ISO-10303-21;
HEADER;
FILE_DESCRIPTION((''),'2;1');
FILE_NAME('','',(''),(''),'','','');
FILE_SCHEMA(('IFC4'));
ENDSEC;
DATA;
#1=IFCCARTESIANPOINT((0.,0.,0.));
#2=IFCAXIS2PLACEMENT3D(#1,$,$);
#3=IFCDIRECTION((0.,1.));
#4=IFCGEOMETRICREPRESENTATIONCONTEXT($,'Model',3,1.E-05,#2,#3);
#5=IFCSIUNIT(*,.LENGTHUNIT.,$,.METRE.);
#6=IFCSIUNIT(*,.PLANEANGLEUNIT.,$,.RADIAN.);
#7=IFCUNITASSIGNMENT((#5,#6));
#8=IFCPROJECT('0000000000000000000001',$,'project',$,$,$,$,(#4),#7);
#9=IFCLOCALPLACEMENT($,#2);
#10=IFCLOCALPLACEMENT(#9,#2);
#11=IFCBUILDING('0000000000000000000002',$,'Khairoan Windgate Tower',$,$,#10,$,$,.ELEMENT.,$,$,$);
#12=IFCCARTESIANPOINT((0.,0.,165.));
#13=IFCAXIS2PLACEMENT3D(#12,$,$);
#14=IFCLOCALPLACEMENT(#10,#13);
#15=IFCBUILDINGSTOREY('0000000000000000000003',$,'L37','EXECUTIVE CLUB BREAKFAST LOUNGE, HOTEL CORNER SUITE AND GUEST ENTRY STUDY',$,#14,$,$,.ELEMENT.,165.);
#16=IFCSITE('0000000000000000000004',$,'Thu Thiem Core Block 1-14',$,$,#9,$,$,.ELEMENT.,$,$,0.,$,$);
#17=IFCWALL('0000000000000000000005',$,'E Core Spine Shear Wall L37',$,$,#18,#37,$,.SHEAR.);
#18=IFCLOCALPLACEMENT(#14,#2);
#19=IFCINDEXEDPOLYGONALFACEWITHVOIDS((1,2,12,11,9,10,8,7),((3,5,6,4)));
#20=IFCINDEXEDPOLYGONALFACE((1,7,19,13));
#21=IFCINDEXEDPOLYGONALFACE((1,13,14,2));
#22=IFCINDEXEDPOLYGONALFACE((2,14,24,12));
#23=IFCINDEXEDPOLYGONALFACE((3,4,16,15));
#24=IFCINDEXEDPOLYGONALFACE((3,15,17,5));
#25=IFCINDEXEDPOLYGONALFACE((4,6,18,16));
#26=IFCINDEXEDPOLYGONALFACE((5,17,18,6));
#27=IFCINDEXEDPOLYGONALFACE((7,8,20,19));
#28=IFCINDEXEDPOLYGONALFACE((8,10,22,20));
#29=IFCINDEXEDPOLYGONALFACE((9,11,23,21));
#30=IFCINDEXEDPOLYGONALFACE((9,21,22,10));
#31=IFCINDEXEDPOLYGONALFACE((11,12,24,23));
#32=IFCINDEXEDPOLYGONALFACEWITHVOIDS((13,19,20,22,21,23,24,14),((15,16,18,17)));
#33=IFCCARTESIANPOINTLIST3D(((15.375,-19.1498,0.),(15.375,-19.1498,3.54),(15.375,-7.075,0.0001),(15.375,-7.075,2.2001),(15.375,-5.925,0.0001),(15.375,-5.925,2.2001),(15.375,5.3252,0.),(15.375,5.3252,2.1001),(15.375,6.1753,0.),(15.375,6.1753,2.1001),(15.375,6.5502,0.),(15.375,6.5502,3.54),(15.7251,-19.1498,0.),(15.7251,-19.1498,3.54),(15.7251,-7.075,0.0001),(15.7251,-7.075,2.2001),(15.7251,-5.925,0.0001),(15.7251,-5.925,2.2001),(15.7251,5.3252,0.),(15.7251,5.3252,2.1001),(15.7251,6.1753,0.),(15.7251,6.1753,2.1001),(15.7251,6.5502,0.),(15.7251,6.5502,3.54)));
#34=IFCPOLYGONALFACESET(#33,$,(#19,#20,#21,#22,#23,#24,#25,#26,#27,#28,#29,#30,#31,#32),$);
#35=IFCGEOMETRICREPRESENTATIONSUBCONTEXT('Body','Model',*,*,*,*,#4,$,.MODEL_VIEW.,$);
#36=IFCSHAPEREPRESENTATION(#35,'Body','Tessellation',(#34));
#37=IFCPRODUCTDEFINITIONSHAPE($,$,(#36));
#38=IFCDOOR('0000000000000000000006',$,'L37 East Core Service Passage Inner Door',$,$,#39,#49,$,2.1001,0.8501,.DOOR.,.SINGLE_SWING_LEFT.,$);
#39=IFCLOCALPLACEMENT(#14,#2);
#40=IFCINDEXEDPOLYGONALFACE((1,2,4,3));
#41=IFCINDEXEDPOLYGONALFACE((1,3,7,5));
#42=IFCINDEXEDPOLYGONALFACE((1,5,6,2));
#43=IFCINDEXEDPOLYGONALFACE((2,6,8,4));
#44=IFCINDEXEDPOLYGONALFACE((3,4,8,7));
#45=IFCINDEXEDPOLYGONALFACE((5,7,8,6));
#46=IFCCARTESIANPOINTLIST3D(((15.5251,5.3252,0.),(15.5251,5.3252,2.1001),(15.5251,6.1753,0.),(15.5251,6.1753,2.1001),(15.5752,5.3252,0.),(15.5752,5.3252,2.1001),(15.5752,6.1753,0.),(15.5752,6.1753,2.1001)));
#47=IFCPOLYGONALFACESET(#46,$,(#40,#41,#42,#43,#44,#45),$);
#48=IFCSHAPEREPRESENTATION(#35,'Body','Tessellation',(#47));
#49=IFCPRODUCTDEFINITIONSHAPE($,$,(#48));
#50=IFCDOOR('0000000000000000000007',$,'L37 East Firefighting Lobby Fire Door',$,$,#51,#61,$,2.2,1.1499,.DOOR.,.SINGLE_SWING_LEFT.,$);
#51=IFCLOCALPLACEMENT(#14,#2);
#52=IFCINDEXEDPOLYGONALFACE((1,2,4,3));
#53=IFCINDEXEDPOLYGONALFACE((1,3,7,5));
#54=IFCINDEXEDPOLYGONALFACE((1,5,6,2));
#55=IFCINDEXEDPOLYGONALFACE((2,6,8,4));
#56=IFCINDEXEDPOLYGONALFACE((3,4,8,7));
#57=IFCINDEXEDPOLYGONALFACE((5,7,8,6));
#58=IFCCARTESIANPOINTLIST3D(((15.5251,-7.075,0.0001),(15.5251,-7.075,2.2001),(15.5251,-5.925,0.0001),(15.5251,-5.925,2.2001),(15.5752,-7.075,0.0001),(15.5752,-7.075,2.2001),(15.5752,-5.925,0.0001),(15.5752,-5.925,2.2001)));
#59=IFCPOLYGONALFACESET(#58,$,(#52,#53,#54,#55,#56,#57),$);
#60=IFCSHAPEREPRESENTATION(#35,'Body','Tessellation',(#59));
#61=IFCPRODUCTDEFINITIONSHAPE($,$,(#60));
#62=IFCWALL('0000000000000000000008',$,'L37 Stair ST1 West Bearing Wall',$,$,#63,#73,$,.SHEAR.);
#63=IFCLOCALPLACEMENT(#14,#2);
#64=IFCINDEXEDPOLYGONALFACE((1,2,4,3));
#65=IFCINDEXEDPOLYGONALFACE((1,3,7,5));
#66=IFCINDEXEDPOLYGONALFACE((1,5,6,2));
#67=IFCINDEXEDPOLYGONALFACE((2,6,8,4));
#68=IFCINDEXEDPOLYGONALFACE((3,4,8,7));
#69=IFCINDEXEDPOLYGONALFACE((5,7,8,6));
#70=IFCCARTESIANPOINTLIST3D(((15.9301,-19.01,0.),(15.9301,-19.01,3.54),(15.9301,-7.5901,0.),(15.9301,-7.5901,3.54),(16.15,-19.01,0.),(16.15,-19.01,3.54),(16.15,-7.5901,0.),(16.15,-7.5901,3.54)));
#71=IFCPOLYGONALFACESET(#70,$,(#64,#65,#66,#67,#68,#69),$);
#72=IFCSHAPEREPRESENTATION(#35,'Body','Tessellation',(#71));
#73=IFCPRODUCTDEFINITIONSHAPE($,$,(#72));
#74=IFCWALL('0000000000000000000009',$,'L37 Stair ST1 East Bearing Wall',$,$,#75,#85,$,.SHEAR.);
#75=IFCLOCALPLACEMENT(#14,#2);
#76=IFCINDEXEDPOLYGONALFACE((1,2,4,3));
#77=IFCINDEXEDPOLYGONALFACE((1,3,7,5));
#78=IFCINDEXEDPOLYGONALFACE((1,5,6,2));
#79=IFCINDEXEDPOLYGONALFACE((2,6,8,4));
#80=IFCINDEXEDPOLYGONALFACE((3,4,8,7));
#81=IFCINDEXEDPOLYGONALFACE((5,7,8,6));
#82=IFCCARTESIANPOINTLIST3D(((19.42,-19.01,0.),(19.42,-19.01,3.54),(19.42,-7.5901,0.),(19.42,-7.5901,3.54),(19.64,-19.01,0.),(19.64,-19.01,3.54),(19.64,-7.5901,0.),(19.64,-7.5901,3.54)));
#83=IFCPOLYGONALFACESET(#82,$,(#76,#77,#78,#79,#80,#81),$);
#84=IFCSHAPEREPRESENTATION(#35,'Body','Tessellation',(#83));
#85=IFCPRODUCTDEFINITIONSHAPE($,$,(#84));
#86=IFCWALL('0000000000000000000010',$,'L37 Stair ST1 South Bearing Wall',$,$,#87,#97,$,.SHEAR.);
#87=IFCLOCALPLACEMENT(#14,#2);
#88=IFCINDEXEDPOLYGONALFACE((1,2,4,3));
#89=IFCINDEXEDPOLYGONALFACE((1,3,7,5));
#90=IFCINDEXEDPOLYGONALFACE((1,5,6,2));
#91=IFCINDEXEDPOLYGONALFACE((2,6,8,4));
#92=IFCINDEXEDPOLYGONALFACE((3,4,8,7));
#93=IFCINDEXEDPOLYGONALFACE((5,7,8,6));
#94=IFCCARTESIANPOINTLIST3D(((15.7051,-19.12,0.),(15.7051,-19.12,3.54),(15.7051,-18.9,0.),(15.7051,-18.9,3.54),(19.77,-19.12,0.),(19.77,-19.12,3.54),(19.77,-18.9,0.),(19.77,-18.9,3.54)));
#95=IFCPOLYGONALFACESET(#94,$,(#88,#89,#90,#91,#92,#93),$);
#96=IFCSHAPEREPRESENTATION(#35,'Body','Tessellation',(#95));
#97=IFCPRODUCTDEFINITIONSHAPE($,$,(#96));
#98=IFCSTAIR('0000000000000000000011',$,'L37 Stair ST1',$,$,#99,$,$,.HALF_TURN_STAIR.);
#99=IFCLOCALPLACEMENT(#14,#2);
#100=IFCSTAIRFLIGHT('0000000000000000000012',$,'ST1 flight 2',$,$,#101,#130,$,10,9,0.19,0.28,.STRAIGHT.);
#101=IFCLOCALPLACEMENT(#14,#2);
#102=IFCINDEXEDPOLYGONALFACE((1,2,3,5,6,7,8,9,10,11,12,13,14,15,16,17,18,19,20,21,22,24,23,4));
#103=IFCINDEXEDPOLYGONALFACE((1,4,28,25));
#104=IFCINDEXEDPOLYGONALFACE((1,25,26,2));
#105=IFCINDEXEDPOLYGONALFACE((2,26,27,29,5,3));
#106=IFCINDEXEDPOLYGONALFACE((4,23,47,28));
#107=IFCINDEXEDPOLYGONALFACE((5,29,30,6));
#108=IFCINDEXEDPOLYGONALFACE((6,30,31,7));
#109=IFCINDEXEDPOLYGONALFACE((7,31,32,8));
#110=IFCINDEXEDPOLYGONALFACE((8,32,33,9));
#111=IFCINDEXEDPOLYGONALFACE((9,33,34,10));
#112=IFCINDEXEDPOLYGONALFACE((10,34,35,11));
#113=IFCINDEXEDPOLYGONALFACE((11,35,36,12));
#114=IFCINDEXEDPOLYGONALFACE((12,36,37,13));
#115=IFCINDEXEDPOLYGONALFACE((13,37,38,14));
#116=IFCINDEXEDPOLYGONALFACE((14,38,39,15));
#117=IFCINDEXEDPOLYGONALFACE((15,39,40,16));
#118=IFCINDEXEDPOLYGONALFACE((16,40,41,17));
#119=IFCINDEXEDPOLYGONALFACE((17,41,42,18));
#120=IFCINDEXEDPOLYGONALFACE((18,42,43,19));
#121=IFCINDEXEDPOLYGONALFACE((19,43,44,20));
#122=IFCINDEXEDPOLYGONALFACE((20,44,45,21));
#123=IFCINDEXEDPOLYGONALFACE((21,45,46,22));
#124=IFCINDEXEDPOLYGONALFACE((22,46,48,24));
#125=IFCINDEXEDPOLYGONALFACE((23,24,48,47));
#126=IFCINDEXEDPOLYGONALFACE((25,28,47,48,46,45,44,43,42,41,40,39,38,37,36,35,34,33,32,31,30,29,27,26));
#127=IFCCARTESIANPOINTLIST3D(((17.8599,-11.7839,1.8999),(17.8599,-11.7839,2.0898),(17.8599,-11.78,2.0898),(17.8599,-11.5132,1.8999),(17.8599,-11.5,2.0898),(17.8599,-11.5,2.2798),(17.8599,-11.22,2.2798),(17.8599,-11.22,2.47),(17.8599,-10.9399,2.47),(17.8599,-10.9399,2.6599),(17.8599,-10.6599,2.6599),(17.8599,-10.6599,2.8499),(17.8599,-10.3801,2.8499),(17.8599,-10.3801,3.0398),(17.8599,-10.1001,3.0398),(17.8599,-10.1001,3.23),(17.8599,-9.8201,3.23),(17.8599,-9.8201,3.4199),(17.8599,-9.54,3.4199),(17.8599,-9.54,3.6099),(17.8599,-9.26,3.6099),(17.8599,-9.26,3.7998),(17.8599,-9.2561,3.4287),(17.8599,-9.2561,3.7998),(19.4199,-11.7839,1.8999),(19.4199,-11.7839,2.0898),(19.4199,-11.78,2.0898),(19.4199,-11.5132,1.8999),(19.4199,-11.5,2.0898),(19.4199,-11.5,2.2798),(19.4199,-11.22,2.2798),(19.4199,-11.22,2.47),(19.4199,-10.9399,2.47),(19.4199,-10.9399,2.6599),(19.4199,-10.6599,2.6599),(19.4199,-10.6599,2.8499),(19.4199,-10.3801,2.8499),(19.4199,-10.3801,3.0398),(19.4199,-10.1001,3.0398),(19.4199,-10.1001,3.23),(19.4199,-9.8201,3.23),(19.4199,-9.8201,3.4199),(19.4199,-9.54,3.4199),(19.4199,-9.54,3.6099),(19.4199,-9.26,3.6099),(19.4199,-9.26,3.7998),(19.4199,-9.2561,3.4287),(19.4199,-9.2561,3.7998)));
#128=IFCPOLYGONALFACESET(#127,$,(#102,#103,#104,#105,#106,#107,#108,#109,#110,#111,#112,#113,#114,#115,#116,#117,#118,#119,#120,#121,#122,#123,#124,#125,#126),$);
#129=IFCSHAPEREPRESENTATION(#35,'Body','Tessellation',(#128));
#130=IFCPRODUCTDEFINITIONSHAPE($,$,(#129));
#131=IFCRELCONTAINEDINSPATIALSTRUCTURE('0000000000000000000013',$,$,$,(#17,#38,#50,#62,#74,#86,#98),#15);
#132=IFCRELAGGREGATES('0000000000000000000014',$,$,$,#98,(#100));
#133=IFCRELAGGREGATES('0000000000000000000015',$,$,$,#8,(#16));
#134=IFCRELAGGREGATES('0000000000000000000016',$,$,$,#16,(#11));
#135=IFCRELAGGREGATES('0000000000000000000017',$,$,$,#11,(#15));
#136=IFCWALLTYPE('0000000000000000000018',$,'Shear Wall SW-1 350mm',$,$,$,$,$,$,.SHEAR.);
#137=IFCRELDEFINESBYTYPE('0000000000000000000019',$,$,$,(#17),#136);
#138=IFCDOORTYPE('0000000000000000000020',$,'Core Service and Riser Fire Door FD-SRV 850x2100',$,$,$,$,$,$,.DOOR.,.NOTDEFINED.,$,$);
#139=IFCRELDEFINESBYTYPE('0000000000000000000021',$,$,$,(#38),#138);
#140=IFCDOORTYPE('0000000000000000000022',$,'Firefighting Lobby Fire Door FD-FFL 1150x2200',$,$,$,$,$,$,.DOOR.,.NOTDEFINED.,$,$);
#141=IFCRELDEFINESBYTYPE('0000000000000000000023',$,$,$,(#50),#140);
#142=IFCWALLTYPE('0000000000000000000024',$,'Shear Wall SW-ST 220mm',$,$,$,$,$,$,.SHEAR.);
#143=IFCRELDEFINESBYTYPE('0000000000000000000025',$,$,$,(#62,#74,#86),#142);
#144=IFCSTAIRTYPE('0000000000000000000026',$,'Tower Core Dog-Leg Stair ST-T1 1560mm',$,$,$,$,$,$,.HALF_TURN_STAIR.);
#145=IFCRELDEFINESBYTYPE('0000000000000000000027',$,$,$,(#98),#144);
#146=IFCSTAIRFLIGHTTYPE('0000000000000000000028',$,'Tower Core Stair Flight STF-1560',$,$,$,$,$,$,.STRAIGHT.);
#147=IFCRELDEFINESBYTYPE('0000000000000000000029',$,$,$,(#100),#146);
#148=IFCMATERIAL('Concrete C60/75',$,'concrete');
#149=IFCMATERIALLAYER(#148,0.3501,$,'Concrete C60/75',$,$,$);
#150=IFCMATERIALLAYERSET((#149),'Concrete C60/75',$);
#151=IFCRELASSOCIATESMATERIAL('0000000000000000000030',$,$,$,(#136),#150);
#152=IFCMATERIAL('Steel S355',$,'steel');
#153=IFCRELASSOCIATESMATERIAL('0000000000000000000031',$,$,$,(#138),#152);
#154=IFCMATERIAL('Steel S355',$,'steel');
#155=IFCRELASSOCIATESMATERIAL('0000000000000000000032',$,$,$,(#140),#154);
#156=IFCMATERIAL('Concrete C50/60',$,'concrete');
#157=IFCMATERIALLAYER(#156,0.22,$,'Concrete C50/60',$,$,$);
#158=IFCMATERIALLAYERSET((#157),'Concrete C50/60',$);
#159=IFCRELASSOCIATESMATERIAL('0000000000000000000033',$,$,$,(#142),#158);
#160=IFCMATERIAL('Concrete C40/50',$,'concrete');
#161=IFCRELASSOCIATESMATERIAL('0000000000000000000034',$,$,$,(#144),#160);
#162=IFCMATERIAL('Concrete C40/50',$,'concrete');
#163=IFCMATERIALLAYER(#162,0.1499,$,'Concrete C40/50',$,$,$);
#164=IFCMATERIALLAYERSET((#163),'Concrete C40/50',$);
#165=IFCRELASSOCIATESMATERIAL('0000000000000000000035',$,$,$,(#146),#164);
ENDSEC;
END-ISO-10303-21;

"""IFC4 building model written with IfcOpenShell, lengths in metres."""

from ifc_helpers import new_model, si_unit, direction, frame, frame_2d, origin, place, context, subcontext, project, spatial, polyline, rectangle, outline, extrude, material, layer, layer_set, type_object, element, fill, aggregate, save


model = new_model("IFC4")

# Units and contexts
model_context = context("Model", 3, precision=1e-05, world=origin(), true_north=direction((0.0, 1.0)))
body_context = subcontext(model_context, "Body", "Model", "MODEL_VIEW")
ifc_project = project(units=[si_unit("LENGTHUNIT", "METRE"), si_unit("PLANEANGLEUNIT", "RADIAN")], contexts=[model_context])

# Site, building, storey
site_placement = place(None, origin())
site = spatial("IfcSite", under=ifc_project, at=site_placement, Name="Thu Thiem Core Block 1-14", CompositionType="ELEMENT", RefElevation=0.0)
building_placement = place(site_placement, origin())
building = spatial("IfcBuilding", under=site, at=building_placement, Name="Khairoan Windgate Tower", CompositionType="ELEMENT")
storey_placement = place(building_placement, frame((0.0, 0.0, 165.0)))
storey = spatial("IfcBuildingStorey", under=building, at=storey_placement, Name="L37", Description="EXECUTIVE CLUB BREAKFAST LOUNGE, HOTEL CORNER SUITE AND GUEST ENTRY STUDY", CompositionType="ELEMENT", Elevation=165.0)

# Wall, openings, doors
ifc_material_1 = material(Name="Concrete C60/75", Category="concrete")
ifc_layer_1 = layer(ifc_material_1, 0.3501, Name="Concrete C60/75")
ifc_layer_set_1 = layer_set([ifc_layer_1], Name="Concrete C60/75")
wall_type_1 = type_object("IfcWallType", Name="Shear Wall SW-1 350mm", PredefinedType="SHEAR", material=ifc_layer_set_1)
wall_1_placement = place(storey_placement, frame((15.55, -19.1499, 0.0), z_axis=(0.0, 0.0, 1.0), x_axis=(0.0, 1.0, 0.0)))
wall_1 = element("IfcWall", 1, at=wall_1_placement, inside=storey, type_object=wall_type_1, Name="E Core Spine Shear Wall L37", PredefinedType="SHEAR", context=body_context, shape_type="SweptSolid", body=[
    extrude(rectangle(XDim=25.7, YDim=0.3501, at=frame_2d((12.8501, 0.0))), origin(), (0.0, 0.0, 1.0), 3.54),
])
opening_1_placement = place(wall_1_placement, frame((12.075, 0.0, 0.0)))
opening_1 = element("IfcOpeningElement", 2, at=opening_1_placement, cuts=wall_1, PredefinedType="OPENING", context=body_context, shape_type="SweptSolid", body=[
    extrude(rectangle(XDim=1.1499, YDim=2.2, at=frame_2d((0.575, 1.1001))), frame((0.0, 0.1851, 0.0), z_axis=(0.0, -1.0, 0.0), x_axis=(1.0, 0.0, 0.0)), (0.0, 0.0, 1.0), 0.3701),
])
opening_2_placement = place(wall_1_placement, frame((24.4751, 0.0, 0.0)))
opening_2 = element("IfcOpeningElement", 3, at=opening_2_placement, cuts=wall_1, PredefinedType="OPENING", context=body_context, shape_type="SweptSolid", body=[
    extrude(rectangle(XDim=0.8501, YDim=2.1001, at=frame_2d((0.425, 1.05))), frame((0.0, 0.1851, 0.0), z_axis=(0.0, -1.0, 0.0), x_axis=(1.0, 0.0, 0.0)), (0.0, 0.0, 1.0), 0.3701),
])
ifc_material_2 = material(Name="Steel S355", Category="steel")
door_type_1 = type_object("IfcDoorType", Name="Core Service and Riser Fire Door FD-SRV 850x2100", OperationType="NOTDEFINED", PredefinedType="DOOR", material=ifc_material_2)
door_1_placement = place(opening_2_placement, origin())
door_1 = element("IfcDoor", 4, at=door_1_placement, inside=storey, type_object=door_type_1, Name="L37 East Core Service Passage Inner Door", OperationType="SINGLE_SWING_LEFT", OverallHeight=2.1001, OverallWidth=0.8501, PredefinedType="DOOR", context=body_context, shape_type="SweptSolid", body=[
    extrude(rectangle(XDim=0.8501, YDim=2.1001, at=frame_2d((0.425, 1.05))), frame((0.0, 0.0249, 0.0), z_axis=(0.0, -1.0, 0.0), x_axis=(1.0, 0.0, 0.0)), (0.0, 0.0, 1.0), 0.05),
])
fill(opening_2, door_1)
ifc_material_3 = material(Name="Steel S355", Category="steel")
door_type_2 = type_object("IfcDoorType", Name="Firefighting Lobby Fire Door FD-FFL 1150x2200", OperationType="NOTDEFINED", PredefinedType="DOOR", material=ifc_material_3)
door_2_placement = place(opening_1_placement, origin())
door_2 = element("IfcDoor", 5, at=door_2_placement, inside=storey, type_object=door_type_2, Name="L37 East Firefighting Lobby Fire Door", OperationType="SINGLE_SWING_LEFT", OverallHeight=2.2, OverallWidth=1.1499, PredefinedType="DOOR", context=body_context, shape_type="SweptSolid", body=[
    extrude(rectangle(XDim=1.1499, YDim=2.2, at=frame_2d((0.575, 1.1001))), frame((0.0, 0.0249, 0.0), z_axis=(0.0, -1.0, 0.0), x_axis=(1.0, 0.0, 0.0)), (0.0, 0.0, 1.0), 0.05),
])
fill(opening_1, door_2)

# Walls
ifc_material_4 = material(Name="Concrete C50/60", Category="concrete")
ifc_layer_2 = layer(ifc_material_4, 0.22, Name="Concrete C50/60")
ifc_layer_set_2 = layer_set([ifc_layer_2], Name="Concrete C50/60")
wall_type_2 = type_object("IfcWallType", Name="Shear Wall SW-ST 220mm", PredefinedType="SHEAR", material=ifc_layer_set_2)
for number, where, z_axis, x_axis, name in (
    (6, (16.04, -19.01, 0.0), (0.0, 0.0, 1.0), (0.0, 1.0, 0.0), "L37 Stair ST1 West Bearing Wall"),
    (7, (19.53, -19.01, 0.0), (0.0, 0.0, 1.0), (0.0, 1.0, 0.0), "L37 Stair ST1 East Bearing Wall"),
):
    element("IfcWall", number, at=place(storey_placement, frame(where, z_axis=z_axis, x_axis=x_axis)), inside=storey, type_object=wall_type_2, Name=name, PredefinedType="SHEAR", context=body_context, shape_type="SweptSolid", body=[
        extrude(rectangle(XDim=11.4199, YDim=0.22, at=frame_2d((5.71, 0.0))), origin(), (0.0, 0.0, 1.0), 3.54),
    ])
wall_2_placement = place(storey_placement, frame((15.7051, -19.01, 0.0), z_axis=(0.0, 0.0, 1.0), x_axis=(1.0, 0.0, 0.0)))
element("IfcWall", 8, at=wall_2_placement, inside=storey, type_object=wall_type_2, Name="L37 Stair ST1 South Bearing Wall", PredefinedType="SHEAR", context=body_context, shape_type="SweptSolid", body=[
    extrude(rectangle(XDim=4.0649, YDim=0.22, at=frame_2d((2.0325, 0.0))), origin(), (0.0, 0.0, 1.0), 3.54),
])

# Stair, stair flight
ifc_material_5 = material(Name="Concrete C40/50", Category="concrete")
stair_type = type_object("IfcStairType", Name="Tower Core Dog-Leg Stair ST-T1 1560mm", PredefinedType="HALF_TURN_STAIR", material=ifc_material_5)
stair_placement = place(storey_placement, origin())
stair = element("IfcStair", 9, at=stair_placement, inside=storey, type_object=stair_type, Name="L37 Stair ST1", PredefinedType="HALF_TURN_STAIR")
ifc_material_6 = material(Name="Concrete C40/50", Category="concrete")
ifc_layer_3 = layer(ifc_material_6, 0.1499, Name="Concrete C40/50")
ifc_layer_set_3 = layer_set([ifc_layer_3], Name="Concrete C40/50")
stair_flight_type = type_object("IfcStairFlightType", Name="Tower Core Stair Flight STF-1560", PredefinedType="STRAIGHT", material=ifc_layer_set_3)
stair_flight_placement = place(storey_placement, frame((18.6399, -11.78, 1.8999), z_axis=(0.0, 0.0, 1.0), x_axis=(0.0, 1.0, 0.0)))
stair_flight = element("IfcStairFlight", 10, at=stair_flight_placement, type_object=stair_flight_type, Name="ST1 flight 2", NumberOfRisers=10, NumberOfTreads=9, PredefinedType="STRAIGHT", RiserHeight=0.19, TreadLength=0.28, context=body_context, shape_type="SweptSolid", body=[
    extrude(outline(polyline([(-0.0039, 0.0), (-0.0039, 0.1899), (0.0, 0.1899), (0.28, 0.1899), (0.28, 0.3799), (0.5601, 0.3799), (0.5601, 0.5701), (0.8401, 0.5701), (0.8401, 0.76), (1.1201, 0.76), (1.1201, 0.95), (1.3999, 0.95), (1.3999, 1.1399), (1.6799, 1.1399), (1.6799, 1.3301), (1.96, 1.3301), (1.96, 1.52), (2.24, 1.52), (2.24, 1.71), (2.52, 1.71), (2.52, 1.8999), (2.5239, 1.8999), (2.5239, 1.5288), (0.2668, 0.0), (-0.0039, 0.0)])), frame((0.0, 0.78, 0.0), z_axis=(0.0, -1.0, 0.0), x_axis=(1.0, 0.0, 0.0)), (0.0, 0.0, 1.0), 1.5601),
])
aggregate(stair, [stair_flight])

save(model, "model.ifc")
